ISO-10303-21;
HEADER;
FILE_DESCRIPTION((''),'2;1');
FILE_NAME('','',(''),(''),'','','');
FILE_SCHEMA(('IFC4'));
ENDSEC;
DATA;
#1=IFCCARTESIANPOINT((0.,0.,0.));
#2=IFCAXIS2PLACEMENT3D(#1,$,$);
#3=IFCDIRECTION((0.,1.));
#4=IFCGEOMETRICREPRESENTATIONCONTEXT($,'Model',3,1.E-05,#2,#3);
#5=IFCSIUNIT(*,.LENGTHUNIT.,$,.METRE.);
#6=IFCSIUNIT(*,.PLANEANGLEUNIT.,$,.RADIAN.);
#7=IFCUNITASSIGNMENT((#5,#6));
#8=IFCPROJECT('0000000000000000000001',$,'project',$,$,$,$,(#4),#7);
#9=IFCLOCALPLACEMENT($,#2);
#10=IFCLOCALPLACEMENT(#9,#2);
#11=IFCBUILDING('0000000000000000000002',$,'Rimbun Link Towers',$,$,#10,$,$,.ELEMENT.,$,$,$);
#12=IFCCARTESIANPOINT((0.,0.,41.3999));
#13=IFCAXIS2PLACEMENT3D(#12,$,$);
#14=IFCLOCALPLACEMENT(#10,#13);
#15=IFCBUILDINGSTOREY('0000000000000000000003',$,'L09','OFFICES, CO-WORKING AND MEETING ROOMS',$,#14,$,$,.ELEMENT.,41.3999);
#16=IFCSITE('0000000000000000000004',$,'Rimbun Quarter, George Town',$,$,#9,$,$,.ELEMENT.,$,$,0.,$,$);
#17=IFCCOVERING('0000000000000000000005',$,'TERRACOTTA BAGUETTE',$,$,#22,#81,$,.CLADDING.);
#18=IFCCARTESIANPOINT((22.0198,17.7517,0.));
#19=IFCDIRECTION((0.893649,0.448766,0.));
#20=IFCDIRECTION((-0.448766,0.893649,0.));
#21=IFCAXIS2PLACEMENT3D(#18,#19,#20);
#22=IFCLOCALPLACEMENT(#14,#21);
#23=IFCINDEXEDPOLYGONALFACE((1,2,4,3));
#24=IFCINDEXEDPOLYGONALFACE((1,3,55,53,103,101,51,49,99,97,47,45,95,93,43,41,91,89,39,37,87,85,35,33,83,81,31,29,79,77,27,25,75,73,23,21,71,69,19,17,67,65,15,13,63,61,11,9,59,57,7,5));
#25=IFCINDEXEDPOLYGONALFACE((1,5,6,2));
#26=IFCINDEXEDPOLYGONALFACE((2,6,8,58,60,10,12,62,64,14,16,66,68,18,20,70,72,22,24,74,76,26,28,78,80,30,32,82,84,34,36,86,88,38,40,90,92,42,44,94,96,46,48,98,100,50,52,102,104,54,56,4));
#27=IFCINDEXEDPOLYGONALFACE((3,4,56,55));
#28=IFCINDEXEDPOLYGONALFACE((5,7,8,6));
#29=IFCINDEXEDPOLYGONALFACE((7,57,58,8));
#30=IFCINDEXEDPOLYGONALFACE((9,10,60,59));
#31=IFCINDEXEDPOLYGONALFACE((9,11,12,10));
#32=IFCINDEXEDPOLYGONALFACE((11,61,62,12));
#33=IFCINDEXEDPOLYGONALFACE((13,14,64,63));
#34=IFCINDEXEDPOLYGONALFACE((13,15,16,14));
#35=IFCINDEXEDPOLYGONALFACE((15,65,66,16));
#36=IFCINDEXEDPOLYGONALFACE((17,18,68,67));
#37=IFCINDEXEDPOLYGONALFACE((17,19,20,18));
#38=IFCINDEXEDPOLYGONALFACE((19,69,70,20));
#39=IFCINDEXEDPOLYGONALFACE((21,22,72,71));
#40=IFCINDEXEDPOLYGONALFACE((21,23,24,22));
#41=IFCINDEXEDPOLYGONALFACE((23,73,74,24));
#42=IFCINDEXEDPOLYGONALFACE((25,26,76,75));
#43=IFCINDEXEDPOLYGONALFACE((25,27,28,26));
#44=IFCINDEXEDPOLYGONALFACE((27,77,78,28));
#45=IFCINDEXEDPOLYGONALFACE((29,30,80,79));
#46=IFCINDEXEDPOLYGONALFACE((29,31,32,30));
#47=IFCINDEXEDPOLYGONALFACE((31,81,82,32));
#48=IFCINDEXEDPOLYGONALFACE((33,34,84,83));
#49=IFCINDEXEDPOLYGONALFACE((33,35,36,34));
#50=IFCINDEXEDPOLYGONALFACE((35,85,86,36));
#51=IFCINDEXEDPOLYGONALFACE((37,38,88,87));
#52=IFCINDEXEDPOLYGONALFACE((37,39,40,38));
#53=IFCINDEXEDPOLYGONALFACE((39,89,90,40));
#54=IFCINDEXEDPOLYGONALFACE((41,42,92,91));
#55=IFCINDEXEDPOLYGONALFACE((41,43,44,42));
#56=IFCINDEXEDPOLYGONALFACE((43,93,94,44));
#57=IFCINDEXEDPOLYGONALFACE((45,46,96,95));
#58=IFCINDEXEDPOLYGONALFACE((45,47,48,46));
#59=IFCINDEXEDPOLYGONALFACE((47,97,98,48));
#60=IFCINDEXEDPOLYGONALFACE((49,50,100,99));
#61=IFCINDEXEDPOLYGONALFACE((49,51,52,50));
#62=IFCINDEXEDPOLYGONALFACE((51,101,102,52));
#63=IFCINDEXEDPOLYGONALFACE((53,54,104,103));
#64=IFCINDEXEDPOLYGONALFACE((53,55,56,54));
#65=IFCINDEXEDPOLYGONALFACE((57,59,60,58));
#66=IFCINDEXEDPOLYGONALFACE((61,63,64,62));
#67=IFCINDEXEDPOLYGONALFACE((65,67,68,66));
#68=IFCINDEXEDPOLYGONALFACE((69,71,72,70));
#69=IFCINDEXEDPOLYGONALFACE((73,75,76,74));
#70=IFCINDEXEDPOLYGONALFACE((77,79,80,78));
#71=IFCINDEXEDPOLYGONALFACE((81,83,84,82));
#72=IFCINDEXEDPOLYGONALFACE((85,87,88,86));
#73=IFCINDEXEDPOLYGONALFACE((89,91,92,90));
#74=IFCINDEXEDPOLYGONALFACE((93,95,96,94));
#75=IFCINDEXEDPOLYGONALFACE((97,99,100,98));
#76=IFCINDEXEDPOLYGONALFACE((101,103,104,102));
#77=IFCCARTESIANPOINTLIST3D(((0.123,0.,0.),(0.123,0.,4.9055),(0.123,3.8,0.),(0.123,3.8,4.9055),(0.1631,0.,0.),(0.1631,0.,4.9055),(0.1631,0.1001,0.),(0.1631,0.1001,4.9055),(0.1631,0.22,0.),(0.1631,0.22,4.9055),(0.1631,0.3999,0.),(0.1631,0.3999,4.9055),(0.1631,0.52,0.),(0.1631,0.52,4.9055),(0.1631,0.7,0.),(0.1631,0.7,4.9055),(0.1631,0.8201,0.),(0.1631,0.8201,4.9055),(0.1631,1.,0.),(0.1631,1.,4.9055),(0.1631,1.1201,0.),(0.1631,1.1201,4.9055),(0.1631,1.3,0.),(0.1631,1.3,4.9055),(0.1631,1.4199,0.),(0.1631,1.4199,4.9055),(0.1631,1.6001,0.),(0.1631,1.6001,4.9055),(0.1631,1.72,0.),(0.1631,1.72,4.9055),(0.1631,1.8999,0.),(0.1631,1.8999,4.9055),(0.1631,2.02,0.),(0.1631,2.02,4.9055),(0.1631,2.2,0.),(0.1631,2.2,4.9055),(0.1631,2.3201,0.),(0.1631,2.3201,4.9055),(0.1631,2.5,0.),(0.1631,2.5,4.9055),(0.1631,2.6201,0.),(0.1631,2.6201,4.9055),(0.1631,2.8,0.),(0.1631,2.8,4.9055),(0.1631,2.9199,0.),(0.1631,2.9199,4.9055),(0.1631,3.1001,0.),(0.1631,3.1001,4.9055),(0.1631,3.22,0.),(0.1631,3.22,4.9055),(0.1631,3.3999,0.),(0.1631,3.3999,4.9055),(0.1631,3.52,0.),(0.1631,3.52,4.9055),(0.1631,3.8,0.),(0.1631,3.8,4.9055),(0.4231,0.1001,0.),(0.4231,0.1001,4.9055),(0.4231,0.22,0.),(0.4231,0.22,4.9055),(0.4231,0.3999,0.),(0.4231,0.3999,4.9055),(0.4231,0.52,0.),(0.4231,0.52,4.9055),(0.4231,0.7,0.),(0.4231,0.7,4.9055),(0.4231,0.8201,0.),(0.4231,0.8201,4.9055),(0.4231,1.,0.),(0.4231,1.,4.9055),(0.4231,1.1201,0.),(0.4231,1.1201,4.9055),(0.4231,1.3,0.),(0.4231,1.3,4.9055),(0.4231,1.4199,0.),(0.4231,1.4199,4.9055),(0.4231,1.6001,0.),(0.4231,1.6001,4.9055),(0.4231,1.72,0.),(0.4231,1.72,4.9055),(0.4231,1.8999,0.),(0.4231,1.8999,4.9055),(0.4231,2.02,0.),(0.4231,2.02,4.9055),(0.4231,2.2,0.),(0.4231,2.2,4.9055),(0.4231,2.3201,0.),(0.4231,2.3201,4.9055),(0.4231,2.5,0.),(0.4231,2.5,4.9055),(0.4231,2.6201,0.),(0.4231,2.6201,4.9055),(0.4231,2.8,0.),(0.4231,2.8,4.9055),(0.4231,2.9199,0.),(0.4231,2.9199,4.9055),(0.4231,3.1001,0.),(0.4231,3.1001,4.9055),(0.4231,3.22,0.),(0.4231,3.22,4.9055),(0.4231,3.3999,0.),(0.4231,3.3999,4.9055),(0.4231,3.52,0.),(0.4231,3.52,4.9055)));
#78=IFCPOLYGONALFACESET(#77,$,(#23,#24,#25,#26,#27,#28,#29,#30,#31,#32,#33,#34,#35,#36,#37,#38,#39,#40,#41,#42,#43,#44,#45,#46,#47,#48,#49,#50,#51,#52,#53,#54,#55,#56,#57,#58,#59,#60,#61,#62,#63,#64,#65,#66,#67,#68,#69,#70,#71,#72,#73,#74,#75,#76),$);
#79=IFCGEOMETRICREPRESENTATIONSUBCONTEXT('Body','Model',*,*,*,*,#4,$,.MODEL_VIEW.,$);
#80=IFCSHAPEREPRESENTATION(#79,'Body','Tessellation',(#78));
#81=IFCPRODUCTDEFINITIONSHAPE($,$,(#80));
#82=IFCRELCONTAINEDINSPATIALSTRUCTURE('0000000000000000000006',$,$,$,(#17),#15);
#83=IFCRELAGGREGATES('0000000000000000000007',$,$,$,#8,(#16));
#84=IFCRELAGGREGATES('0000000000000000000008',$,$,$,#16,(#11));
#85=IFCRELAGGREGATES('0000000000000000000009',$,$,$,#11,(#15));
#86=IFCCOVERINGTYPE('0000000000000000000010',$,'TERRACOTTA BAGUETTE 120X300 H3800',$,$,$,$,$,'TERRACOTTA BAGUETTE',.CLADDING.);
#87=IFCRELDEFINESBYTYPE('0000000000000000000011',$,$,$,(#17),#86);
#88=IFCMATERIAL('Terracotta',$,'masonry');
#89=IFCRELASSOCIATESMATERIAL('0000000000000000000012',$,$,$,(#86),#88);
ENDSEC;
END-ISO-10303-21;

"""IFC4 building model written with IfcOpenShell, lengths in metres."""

from ifc_helpers import new_model, si_unit, direction, frame, origin, place, context, subcontext, project, spatial, polyline, outline, extrude, material, material_profile, profile_set, type_object, element, save


model = new_model("IFC4")

# Units and contexts
model_context = context("Model", 3, precision=1e-05, world=origin(), true_north=direction((0.0, 1.0)))
body_context = subcontext(model_context, "Body", "Model", "MODEL_VIEW")
ifc_project = project(units=[si_unit("LENGTHUNIT", "METRE"), si_unit("PLANEANGLEUNIT", "RADIAN")], contexts=[model_context])

# Site, building, storey
site_placement = place(None, origin())
site = spatial("IfcSite", under=ifc_project, at=site_placement, Name="Rimbun Quarter, George Town", CompositionType="ELEMENT", RefElevation=0.0)
building_placement = place(site_placement, origin())
building = spatial("IfcBuilding", under=site, at=building_placement, Name="Rimbun Link Towers", CompositionType="ELEMENT")
storey_placement = place(building_placement, frame((0.0, 0.0, 41.3999)))
storey = spatial("IfcBuildingStorey", under=building, at=storey_placement, Name="L09", Description="OFFICES, CO-WORKING AND MEETING ROOMS", CompositionType="ELEMENT", Elevation=41.3999)

# Covering
ifc_material_1 = material(Name="Terracotta", Category="masonry")
ifc_material_profile_1 = material_profile(ifc_material_1, outline(polyline([(0.123, 0.0), (0.1631, 0.0), (0.1631, 0.1001), (0.4231, 0.1001), (0.4231, 0.22), (0.1631, 0.22), (0.1631, 0.3999), (0.4231, 0.3999), (0.4231, 0.52), (0.1631, 0.52), (0.1631, 0.7), (0.4231, 0.7), (0.4231, 0.8201), (0.1631, 0.8201), (0.1631, 1.0), (0.4231, 1.0), (0.4231, 1.1201), (0.1631, 1.1201), (0.1631, 1.3), (0.4231, 1.3), (0.4231, 1.4199), (0.1631, 1.4199), (0.1631, 1.6001), (0.4231, 1.6001), (0.4231, 1.72), (0.1631, 1.72), (0.1631, 1.8999), (0.4231, 1.8999), (0.4231, 2.02), (0.1631, 2.02), (0.1631, 2.2), (0.4231, 2.2), (0.4231, 2.3201), (0.1631, 2.3201), (0.1631, 2.5), (0.4231, 2.5), (0.4231, 2.6201), (0.1631, 2.6201), (0.1631, 2.8), (0.4231, 2.8), (0.4231, 2.9199), (0.1631, 2.9199), (0.1631, 3.1001), (0.4231, 3.1001), (0.4231, 3.22), (0.1631, 3.22), (0.1631, 3.3999), (0.4231, 3.3999), (0.4231, 3.52), (0.1631, 3.52), (0.1631, 3.8), (0.123, 3.8), (0.123, 0.0)])), Name="BAGUETTE 120X300")
ifc_profile_set_1 = profile_set([ifc_material_profile_1], Name="Terracotta")
covering_type = type_object("IfcCoveringType", Name="TERRACOTTA BAGUETTE 120X300 H3800", ElementType="TERRACOTTA BAGUETTE", PredefinedType="CLADDING", material=ifc_profile_set_1)
covering_placement = place(storey_placement, frame((22.0198, 17.7517, 0.0), z_axis=(0.893649, 0.448766, 0.0), x_axis=(-0.448766, 0.893649, 0.0)))
element("IfcCovering", 1, at=covering_placement, inside=storey, type_object=covering_type, Name="TERRACOTTA BAGUETTE", PredefinedType="CLADDING", context=body_context, shape_type="SweptSolid", body=[
    extrude(outline(polyline([(0.123, 0.0), (0.1631, 0.0), (0.1631, 0.1001), (0.4231, 0.1001), (0.4231, 0.22), (0.1631, 0.22), (0.1631, 0.3999), (0.4231, 0.3999), (0.4231, 0.52), (0.1631, 0.52), (0.1631, 0.7), (0.4231, 0.7), (0.4231, 0.8201), (0.1631, 0.8201), (0.1631, 1.0), (0.4231, 1.0), (0.4231, 1.1201), (0.1631, 1.1201), (0.1631, 1.3), (0.4231, 1.3), (0.4231, 1.4199), (0.1631, 1.4199), (0.1631, 1.6001), (0.4231, 1.6001), (0.4231, 1.72), (0.1631, 1.72), (0.1631, 1.8999), (0.4231, 1.8999), (0.4231, 2.02), (0.1631, 2.02), (0.1631, 2.2), (0.4231, 2.2), (0.4231, 2.3201), (0.1631, 2.3201), (0.1631, 2.5), (0.4231, 2.5), (0.4231, 2.6201), (0.1631, 2.6201), (0.1631, 2.8), (0.4231, 2.8), (0.4231, 2.9199), (0.1631, 2.9199), (0.1631, 3.1001), (0.4231, 3.1001), (0.4231, 3.22), (0.1631, 3.22), (0.1631, 3.3999), (0.4231, 3.3999), (0.4231, 3.52), (0.1631, 3.52), (0.1631, 3.8), (0.123, 3.8), (0.123, 0.0)])), origin(), (0.0, 0.0, 1.0), 4.9055),
])

save(model, "model.ifc")
